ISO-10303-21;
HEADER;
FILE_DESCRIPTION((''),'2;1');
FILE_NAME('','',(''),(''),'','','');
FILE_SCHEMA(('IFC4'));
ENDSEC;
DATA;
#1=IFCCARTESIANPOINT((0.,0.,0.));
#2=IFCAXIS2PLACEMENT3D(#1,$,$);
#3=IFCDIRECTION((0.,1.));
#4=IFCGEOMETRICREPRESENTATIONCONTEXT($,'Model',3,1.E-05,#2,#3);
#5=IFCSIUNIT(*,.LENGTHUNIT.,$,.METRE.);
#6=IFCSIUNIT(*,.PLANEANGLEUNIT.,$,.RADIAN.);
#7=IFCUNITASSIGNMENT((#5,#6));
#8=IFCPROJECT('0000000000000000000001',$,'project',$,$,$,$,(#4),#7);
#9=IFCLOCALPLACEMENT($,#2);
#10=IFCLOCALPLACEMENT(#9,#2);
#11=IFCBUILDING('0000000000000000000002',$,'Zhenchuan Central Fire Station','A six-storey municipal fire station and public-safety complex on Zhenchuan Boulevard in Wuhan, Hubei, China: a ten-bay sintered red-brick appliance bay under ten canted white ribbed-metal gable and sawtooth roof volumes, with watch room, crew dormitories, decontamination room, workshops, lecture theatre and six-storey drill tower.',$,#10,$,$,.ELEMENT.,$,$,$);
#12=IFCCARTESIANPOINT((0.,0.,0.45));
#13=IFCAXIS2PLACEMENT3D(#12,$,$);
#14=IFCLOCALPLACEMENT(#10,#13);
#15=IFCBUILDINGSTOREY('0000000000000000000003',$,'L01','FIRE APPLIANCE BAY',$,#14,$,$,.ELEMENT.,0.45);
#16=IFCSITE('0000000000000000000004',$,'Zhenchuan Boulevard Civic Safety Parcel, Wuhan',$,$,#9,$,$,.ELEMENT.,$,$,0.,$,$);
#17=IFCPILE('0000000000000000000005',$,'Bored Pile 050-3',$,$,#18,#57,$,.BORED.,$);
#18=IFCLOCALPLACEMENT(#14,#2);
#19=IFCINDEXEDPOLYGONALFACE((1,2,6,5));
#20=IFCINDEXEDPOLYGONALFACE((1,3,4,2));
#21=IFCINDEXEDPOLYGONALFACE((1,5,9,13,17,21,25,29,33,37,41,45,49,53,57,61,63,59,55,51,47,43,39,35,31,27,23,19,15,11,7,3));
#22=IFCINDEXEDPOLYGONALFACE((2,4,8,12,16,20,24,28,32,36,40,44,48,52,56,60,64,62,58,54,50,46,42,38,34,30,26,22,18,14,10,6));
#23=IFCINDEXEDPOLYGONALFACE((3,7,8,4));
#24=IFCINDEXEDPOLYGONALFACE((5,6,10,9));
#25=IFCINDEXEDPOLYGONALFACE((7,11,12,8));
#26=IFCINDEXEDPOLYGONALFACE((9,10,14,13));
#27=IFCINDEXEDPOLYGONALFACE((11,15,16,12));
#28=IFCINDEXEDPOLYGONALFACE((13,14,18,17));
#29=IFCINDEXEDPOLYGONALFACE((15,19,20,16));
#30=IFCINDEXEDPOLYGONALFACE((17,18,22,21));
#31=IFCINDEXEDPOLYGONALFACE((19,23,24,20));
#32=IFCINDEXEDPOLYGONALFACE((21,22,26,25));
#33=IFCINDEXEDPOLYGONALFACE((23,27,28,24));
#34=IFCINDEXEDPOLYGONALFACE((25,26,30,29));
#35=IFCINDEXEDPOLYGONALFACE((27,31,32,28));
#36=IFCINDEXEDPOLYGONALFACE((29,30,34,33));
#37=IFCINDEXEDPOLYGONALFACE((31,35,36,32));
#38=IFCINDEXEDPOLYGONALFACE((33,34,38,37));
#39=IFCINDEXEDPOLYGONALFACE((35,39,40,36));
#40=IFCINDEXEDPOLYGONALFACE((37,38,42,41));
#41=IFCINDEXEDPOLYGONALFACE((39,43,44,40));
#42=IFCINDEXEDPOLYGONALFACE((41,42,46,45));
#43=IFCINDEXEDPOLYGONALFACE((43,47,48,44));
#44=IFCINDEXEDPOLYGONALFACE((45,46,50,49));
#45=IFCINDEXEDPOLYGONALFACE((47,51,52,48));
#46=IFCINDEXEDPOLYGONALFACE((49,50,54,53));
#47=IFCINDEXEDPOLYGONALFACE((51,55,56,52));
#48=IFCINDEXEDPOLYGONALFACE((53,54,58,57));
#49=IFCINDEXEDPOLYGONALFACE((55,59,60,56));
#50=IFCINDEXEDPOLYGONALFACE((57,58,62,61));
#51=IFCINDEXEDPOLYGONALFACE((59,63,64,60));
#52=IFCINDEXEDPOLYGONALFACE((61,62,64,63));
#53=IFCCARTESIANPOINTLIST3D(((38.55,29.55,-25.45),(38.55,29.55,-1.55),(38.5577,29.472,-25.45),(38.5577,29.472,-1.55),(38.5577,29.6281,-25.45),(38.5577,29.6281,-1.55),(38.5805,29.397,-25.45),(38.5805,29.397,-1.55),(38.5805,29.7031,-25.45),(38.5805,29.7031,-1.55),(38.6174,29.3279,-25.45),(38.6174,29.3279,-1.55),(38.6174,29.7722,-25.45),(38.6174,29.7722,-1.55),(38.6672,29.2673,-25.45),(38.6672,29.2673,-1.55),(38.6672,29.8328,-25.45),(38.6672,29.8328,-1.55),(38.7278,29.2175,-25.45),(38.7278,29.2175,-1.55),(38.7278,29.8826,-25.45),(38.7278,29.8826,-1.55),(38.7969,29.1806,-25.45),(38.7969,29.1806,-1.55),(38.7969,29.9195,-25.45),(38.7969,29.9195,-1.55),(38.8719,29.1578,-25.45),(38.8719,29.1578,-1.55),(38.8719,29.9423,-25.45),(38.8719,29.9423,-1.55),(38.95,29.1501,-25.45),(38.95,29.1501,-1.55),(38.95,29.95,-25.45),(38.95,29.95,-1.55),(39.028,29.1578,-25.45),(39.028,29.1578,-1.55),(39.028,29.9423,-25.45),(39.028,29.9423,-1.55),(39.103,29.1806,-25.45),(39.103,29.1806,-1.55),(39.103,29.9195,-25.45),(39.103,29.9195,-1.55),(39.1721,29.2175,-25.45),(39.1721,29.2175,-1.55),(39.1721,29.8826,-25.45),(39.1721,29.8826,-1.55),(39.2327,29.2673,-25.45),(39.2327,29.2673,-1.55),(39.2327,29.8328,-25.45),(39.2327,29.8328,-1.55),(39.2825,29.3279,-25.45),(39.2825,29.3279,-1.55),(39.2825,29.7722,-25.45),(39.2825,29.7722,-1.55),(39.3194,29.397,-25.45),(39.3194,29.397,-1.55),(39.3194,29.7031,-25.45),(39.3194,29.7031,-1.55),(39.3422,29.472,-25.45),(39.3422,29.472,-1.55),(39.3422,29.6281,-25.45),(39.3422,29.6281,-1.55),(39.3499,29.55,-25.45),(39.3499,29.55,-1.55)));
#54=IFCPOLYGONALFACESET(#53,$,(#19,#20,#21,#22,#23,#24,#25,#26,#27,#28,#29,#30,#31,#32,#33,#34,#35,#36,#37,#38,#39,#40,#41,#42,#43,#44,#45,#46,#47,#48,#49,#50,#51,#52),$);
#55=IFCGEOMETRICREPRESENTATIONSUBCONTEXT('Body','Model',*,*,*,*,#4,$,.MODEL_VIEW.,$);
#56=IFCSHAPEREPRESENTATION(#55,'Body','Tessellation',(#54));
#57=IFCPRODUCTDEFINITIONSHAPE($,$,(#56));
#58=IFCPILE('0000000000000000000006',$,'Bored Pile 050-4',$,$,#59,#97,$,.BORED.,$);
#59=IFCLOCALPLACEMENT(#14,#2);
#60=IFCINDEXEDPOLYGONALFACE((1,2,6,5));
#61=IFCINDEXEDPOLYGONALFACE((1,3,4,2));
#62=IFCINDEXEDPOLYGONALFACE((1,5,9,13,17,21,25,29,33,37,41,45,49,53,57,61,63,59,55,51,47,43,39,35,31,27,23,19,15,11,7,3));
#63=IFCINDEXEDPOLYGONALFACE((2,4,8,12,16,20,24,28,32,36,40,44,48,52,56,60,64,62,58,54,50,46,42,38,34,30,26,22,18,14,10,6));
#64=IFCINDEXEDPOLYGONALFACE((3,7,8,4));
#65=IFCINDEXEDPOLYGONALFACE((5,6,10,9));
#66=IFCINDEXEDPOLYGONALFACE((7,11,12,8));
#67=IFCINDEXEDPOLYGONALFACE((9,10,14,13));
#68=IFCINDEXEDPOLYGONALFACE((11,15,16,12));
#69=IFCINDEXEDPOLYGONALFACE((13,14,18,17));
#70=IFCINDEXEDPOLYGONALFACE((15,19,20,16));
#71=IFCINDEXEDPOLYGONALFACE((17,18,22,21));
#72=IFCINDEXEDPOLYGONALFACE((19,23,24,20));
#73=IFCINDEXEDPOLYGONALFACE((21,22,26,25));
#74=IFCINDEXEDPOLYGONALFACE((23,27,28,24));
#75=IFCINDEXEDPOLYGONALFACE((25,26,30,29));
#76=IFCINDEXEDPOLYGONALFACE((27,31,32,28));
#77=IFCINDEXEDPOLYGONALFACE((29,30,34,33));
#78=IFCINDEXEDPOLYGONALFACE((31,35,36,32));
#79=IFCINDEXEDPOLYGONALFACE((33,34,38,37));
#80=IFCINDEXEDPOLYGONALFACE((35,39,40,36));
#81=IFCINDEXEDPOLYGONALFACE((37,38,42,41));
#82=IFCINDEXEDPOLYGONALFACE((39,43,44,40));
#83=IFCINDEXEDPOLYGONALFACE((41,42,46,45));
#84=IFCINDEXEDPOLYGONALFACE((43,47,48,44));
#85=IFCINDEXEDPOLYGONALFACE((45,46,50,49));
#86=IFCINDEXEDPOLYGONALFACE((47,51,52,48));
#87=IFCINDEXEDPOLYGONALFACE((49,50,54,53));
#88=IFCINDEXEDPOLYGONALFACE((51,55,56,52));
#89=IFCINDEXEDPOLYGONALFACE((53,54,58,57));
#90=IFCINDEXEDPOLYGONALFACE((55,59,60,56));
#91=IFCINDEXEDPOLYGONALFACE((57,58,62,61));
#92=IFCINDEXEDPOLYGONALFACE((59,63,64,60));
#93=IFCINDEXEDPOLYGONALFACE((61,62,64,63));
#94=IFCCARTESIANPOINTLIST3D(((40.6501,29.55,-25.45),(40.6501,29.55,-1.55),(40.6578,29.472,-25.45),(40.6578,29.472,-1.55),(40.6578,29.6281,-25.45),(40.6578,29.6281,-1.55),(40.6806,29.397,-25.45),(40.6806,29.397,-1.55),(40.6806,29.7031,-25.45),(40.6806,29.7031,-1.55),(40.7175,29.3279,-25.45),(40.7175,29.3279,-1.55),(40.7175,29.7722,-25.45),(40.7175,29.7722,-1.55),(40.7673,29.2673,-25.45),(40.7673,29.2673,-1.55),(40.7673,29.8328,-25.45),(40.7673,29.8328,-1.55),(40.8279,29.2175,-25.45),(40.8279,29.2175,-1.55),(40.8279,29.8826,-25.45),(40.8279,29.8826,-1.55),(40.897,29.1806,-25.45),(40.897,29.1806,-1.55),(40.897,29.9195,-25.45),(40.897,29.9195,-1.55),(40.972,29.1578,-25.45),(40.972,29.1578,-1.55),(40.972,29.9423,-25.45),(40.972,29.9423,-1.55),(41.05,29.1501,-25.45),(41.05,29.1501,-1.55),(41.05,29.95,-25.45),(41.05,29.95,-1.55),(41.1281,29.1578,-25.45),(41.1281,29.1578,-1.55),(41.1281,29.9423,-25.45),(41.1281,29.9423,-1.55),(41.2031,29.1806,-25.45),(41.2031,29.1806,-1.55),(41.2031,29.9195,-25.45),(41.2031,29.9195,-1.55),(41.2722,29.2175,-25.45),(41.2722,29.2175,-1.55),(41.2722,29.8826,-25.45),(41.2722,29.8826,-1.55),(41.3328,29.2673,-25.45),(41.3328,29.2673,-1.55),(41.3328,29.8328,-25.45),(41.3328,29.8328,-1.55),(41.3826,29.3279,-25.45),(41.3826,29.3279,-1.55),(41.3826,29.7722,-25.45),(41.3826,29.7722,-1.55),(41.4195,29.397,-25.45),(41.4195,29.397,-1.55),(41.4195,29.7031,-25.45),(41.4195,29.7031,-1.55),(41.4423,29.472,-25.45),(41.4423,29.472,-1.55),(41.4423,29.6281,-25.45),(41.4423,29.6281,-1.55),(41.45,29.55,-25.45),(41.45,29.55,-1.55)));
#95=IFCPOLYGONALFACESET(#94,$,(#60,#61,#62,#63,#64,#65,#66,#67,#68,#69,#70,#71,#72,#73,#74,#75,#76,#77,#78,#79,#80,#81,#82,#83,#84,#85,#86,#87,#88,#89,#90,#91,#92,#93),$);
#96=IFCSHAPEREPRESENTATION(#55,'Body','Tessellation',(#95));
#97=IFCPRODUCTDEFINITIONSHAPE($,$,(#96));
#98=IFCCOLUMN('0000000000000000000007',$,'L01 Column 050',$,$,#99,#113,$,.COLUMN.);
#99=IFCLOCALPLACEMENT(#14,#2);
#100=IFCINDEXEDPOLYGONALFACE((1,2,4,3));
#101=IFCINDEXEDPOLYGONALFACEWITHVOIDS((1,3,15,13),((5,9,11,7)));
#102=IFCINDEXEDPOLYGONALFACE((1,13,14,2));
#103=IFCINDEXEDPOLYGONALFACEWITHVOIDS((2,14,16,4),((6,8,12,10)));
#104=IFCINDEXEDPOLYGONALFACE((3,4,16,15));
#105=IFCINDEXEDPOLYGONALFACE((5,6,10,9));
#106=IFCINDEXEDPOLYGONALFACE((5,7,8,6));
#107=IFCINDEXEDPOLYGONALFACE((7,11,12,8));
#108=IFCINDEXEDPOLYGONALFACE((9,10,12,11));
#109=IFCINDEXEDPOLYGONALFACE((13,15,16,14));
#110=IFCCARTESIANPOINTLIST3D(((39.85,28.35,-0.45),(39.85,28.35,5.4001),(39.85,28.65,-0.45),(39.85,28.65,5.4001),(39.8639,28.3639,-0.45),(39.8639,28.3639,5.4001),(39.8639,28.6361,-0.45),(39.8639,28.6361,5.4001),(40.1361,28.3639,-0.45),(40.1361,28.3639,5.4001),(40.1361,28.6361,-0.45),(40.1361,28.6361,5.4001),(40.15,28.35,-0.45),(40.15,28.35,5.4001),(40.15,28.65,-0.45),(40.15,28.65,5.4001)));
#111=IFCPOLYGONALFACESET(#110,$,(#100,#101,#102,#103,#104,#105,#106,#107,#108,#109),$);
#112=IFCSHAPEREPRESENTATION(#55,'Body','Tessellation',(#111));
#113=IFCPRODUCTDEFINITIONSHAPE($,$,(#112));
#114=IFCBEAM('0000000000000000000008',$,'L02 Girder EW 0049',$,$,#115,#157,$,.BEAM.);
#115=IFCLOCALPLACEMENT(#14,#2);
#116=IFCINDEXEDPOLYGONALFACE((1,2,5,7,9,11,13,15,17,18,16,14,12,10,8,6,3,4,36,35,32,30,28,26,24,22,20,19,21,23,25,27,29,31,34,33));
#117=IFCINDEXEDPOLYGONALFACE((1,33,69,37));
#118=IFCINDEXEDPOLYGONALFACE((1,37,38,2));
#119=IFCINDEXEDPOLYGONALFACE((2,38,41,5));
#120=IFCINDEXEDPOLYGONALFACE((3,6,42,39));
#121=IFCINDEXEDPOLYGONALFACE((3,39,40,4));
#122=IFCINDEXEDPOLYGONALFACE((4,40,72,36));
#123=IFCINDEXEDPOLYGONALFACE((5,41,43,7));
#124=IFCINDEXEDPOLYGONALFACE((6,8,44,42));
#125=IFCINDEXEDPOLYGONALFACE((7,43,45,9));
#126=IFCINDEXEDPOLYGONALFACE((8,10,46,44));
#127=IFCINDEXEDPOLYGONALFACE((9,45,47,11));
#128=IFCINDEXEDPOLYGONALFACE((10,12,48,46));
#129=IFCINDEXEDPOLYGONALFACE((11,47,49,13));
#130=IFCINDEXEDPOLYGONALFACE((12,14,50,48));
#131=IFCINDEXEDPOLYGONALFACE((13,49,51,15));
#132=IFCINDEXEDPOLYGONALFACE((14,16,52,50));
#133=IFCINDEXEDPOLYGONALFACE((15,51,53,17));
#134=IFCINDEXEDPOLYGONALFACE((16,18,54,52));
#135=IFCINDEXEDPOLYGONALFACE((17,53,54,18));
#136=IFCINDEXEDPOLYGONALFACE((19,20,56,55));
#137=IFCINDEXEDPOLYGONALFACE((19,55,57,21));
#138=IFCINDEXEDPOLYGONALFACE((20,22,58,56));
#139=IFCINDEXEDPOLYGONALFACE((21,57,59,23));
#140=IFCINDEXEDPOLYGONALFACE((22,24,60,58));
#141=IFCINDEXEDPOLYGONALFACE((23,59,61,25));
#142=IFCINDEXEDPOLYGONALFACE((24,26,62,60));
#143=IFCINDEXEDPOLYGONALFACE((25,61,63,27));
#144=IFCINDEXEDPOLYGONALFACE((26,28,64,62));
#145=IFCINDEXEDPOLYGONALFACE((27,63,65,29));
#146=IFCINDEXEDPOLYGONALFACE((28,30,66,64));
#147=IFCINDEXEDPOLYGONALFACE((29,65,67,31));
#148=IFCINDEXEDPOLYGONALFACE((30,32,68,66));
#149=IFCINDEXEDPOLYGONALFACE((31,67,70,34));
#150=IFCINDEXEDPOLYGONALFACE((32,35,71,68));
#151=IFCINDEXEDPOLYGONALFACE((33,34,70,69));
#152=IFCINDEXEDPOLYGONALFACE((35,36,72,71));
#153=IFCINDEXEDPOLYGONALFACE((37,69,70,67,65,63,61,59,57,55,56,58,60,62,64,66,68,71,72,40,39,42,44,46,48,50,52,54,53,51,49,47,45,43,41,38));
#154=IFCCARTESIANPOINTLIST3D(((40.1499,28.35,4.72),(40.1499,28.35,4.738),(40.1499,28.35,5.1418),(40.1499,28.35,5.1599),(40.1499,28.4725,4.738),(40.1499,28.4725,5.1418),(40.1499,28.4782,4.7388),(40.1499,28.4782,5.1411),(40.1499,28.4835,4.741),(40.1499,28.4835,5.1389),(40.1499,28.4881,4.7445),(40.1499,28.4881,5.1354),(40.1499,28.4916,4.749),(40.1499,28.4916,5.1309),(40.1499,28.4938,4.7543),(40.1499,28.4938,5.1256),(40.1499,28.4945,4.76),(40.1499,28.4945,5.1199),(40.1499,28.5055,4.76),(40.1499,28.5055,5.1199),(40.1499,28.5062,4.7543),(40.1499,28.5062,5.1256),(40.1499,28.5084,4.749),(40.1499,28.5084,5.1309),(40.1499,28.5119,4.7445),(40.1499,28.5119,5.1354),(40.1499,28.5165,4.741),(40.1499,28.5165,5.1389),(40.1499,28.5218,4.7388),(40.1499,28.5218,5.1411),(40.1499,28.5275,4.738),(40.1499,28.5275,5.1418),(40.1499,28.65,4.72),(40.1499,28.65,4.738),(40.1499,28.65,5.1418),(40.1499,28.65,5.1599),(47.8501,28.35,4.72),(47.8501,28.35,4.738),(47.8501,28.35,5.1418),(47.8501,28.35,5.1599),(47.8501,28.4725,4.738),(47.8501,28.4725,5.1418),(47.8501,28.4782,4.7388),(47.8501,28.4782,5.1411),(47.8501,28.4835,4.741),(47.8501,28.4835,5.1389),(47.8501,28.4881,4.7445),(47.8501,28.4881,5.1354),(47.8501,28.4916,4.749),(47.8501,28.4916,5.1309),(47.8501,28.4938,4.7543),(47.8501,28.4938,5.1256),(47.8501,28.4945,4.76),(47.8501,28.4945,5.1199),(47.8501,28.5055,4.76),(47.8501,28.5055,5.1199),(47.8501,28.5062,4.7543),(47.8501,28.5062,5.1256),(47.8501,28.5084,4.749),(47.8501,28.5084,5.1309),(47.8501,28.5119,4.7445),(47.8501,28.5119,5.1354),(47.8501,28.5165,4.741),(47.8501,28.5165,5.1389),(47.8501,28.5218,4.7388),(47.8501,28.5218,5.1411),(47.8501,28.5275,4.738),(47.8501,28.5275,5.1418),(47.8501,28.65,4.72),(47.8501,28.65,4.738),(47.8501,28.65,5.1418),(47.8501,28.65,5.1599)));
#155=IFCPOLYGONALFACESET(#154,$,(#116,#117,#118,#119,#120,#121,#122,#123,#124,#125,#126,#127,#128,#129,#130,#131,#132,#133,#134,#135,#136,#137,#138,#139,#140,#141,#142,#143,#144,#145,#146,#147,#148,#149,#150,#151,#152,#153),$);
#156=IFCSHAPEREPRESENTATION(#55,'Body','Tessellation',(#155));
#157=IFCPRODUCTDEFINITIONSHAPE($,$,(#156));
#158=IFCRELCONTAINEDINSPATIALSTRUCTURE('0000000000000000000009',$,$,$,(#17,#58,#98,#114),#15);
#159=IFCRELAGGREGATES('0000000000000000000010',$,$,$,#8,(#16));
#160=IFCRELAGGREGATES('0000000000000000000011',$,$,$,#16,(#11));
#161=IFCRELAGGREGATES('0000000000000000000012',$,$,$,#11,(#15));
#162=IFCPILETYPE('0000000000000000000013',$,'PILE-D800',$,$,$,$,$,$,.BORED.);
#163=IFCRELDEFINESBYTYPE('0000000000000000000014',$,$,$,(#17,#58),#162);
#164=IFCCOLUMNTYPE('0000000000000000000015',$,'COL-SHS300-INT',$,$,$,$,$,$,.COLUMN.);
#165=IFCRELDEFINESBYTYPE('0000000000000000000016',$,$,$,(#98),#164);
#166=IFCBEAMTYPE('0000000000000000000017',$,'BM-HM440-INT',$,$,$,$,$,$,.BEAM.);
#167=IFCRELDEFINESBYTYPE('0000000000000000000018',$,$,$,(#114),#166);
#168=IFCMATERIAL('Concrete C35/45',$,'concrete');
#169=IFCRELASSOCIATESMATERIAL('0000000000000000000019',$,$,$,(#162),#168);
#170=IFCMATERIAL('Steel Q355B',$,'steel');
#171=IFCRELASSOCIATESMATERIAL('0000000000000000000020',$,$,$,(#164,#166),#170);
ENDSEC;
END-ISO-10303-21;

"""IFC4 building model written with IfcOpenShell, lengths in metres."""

from ifc_helpers import new_model, si_unit, direction, frame, origin, origin_2d, place, context, subcontext, project, spatial, hollow_rectangle, circle, i_section, extrude, material, material_profile, profile_set, type_object, element, save


model = new_model("IFC4")

# Units and contexts
model_context = context("Model", 3, precision=1e-05, world=origin(), true_north=direction((0.0, 1.0)))
body_context = subcontext(model_context, "Body", "Model", "MODEL_VIEW")
ifc_project = project(units=[si_unit("LENGTHUNIT", "METRE"), si_unit("PLANEANGLEUNIT", "RADIAN")], contexts=[model_context])

# Site, building, storey
site_placement = place(None, origin())
site = spatial("IfcSite", under=ifc_project, at=site_placement, Name="Zhenchuan Boulevard Civic Safety Parcel, Wuhan", CompositionType="ELEMENT", RefElevation=0.0)
building_placement = place(site_placement, origin())
building = spatial("IfcBuilding", under=site, at=building_placement, Name="Zhenchuan Central Fire Station", Description="A six-storey municipal fire station and public-safety complex on Zhenchuan Boulevard in Wuhan, Hubei, China: a ten-bay sintered red-brick appliance bay under ten canted white ribbed-metal gable and sawtooth roof volumes, with watch room, crew dormitories, decontamination room, workshops, lecture theatre and six-storey drill tower.", CompositionType="ELEMENT")
storey_placement = place(building_placement, frame((0.0, 0.0, 0.45)))
storey = spatial("IfcBuildingStorey", under=building, at=storey_placement, Name="L01", Description="FIRE APPLIANCE BAY", CompositionType="ELEMENT", Elevation=0.45)

# Piles
ifc_material_1 = material(Name="Concrete C35/45", Category="concrete")
ifc_material_profile_1 = material_profile(ifc_material_1, circle(Radius=0.3999, at=origin_2d()), Name="PILE D800")
ifc_profile_set_1 = profile_set([ifc_material_profile_1], Name="Concrete C35/45")
pile_type = type_object("IfcPileType", Name="PILE-D800", PredefinedType="BORED", material=ifc_profile_set_1)
for number, where, z_axis, x_axis, name in (
    (1, (38.95, 29.55, -1.55), (0.0, 0.0, -1.0), (1.0, 0.0, 0.0), "Bored Pile 050-3"),
    (2, (41.05, 29.55, -1.55), (0.0, 0.0, -1.0), (1.0, 0.0, 0.0), "Bored Pile 050-4"),
):
    element("IfcPile", number, at=place(storey_placement, frame(where, z_axis=z_axis, x_axis=x_axis)), inside=storey, type_object=pile_type, Name=name, PredefinedType="BORED", context=body_context, shape_type="SweptSolid", body=[
        extrude(circle(Radius=0.3999, at=origin_2d()), origin(), (0.0, 0.0, 1.0), 23.8999),
    ])

# Column
ifc_material_2 = material(Name="Steel Q355B", Category="steel")
ifc_material_profile_2 = material_profile(ifc_material_2, hollow_rectangle(XDim=0.3, YDim=0.3, WallThickness=0.0139, at=origin_2d()), Name="SHS 300x300x14")
ifc_profile_set_2 = profile_set([ifc_material_profile_2], Name="Steel Q355B")
column_type = type_object("IfcColumnType", Name="COL-SHS300-INT", PredefinedType="COLUMN", material=ifc_profile_set_2)
column_placement = place(storey_placement, frame((40.0, 28.5, -0.45), z_axis=(0.0, 0.0, 1.0), x_axis=(1.0, 0.0, 0.0)))
element("IfcColumn", 3, at=column_placement, inside=storey, type_object=column_type, Name="L01 Column 050", PredefinedType="COLUMN", context=body_context, shape_type="SweptSolid", body=[
    extrude(hollow_rectangle(XDim=0.3, YDim=0.3, WallThickness=0.0139, at=origin_2d()), origin(), (0.0, 0.0, 1.0), 5.8501),
])

# Beam
ifc_material_profile_3 = material_profile(ifc_material_2, i_section(OverallWidth=0.3, OverallDepth=0.4399, WebThickness=0.011, FlangeThickness=0.0181, FilletRadius=0.022, at=origin_2d()), Name="HM 440x300")
ifc_profile_set_3 = profile_set([ifc_material_profile_3], Name="Steel Q355B")
beam_type_1 = type_object("IfcBeamType", Name="BM-HM440-INT", PredefinedType="BEAM", material=ifc_profile_set_3)
beam_1_placement = place(storey_placement, frame((40.1499, 28.5, 4.9399), z_axis=(1.0, 0.0, 0.0), x_axis=(0.0, 1.0, 0.0)))
element("IfcBeam", 4, at=beam_1_placement, inside=storey, type_object=beam_type_1, Name="L02 Girder EW 0049", PredefinedType="BEAM", context=body_context, shape_type="SweptSolid", body=[
    extrude(i_section(OverallWidth=0.3, OverallDepth=0.4399, WebThickness=0.011, FlangeThickness=0.0181, FilletRadius=0.022, at=origin_2d()), origin(), (0.0, 0.0, 1.0), 7.7002),
])

save(model, "model.ifc")
